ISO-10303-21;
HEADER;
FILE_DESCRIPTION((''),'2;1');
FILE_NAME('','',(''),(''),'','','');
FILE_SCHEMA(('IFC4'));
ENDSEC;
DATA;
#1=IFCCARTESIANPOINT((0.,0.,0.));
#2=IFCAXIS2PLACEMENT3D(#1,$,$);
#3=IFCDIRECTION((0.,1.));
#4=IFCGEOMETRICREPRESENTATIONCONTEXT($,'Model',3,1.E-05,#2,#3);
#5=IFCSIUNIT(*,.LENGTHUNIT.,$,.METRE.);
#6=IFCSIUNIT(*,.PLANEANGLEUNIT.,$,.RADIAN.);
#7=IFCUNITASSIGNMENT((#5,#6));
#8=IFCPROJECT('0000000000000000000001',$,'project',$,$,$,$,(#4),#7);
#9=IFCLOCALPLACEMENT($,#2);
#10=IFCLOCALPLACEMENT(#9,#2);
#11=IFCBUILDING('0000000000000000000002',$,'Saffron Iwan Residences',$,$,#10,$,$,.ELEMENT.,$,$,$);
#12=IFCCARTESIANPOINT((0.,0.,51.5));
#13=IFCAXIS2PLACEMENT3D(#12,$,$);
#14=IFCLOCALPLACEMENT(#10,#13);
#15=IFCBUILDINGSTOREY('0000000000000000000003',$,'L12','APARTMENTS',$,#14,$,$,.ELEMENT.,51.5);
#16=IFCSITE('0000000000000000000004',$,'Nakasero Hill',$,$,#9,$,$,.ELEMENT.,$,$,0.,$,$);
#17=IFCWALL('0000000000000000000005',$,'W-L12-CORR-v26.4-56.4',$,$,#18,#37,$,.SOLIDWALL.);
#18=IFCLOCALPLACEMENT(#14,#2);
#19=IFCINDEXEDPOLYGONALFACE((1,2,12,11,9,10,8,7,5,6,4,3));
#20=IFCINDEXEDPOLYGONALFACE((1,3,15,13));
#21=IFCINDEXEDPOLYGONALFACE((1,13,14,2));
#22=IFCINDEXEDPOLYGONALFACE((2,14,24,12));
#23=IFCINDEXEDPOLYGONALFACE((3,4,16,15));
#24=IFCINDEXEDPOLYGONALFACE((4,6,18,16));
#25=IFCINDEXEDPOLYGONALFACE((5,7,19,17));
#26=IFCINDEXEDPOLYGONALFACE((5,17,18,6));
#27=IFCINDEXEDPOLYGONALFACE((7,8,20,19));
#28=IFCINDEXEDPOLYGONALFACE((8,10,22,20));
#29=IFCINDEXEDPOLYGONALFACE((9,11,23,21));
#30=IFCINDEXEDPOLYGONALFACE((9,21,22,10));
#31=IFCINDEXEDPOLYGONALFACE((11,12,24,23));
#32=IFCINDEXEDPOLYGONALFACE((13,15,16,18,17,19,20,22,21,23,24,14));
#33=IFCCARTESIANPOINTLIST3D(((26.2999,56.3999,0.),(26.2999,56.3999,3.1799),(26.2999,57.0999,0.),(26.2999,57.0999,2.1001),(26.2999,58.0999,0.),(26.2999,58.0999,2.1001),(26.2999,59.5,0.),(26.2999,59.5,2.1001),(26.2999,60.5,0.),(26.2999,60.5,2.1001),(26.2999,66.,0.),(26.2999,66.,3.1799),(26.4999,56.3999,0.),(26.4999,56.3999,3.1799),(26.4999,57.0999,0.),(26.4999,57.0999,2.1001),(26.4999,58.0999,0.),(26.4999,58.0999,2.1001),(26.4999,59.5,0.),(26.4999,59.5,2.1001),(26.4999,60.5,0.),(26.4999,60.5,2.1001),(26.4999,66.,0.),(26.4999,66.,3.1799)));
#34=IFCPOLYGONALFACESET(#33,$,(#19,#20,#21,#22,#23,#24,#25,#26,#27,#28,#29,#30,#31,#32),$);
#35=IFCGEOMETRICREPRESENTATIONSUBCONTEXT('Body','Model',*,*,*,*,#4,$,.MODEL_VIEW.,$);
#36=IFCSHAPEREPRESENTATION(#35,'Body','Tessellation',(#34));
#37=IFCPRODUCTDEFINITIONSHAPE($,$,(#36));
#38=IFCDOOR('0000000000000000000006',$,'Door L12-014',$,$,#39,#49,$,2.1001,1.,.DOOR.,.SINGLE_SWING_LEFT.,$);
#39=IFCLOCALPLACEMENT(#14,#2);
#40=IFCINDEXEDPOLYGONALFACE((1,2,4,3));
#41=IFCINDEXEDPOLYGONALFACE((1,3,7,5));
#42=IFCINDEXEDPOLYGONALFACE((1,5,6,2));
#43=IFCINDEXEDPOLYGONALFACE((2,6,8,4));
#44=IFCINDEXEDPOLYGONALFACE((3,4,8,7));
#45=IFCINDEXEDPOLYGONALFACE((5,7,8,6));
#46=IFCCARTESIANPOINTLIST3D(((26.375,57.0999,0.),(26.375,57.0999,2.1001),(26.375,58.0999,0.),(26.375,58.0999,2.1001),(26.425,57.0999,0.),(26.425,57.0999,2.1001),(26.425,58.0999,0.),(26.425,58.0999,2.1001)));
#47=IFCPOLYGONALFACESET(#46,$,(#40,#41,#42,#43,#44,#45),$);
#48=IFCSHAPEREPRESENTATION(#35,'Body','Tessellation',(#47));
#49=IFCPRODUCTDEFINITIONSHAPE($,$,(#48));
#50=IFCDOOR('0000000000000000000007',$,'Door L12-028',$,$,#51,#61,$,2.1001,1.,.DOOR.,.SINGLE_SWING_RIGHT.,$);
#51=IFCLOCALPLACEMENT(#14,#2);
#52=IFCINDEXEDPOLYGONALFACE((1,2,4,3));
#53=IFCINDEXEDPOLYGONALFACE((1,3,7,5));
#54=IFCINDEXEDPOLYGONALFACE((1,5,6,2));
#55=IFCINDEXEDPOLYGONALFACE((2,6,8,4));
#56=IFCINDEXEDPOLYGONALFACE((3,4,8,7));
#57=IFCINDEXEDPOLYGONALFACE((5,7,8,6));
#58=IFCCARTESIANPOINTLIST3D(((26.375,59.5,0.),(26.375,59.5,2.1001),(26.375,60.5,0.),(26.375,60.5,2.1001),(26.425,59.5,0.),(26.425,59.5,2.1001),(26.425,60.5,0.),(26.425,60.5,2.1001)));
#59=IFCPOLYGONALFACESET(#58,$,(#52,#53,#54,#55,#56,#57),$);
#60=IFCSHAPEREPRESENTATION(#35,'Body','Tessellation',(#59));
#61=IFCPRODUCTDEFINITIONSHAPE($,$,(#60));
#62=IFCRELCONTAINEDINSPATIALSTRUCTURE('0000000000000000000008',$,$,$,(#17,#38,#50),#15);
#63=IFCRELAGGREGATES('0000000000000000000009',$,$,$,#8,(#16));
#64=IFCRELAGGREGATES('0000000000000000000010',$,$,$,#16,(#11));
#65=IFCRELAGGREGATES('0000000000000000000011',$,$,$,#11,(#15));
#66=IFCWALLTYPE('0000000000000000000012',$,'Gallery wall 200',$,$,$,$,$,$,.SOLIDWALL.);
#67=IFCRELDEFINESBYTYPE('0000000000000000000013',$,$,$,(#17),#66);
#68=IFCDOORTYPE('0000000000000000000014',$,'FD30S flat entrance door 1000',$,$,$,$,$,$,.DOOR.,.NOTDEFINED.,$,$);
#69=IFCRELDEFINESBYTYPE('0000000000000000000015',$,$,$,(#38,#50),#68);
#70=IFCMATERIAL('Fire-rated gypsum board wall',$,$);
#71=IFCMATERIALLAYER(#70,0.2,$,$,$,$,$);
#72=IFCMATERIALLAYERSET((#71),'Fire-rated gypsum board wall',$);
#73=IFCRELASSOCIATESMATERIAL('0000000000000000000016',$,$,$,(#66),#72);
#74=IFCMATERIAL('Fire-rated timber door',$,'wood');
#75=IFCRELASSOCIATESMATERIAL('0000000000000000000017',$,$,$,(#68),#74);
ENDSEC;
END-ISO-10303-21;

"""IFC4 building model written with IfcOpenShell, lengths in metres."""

from ifc_helpers import new_model, si_unit, direction, frame, frame_2d, origin, place, context, subcontext, project, spatial, rectangle, extrude, material, layer, layer_set, type_object, element, fill, save


model = new_model("IFC4")

# Units and contexts
model_context = context("Model", 3, precision=1e-05, world=origin(), true_north=direction((0.0, 1.0)))
body_context = subcontext(model_context, "Body", "Model", "MODEL_VIEW")
ifc_project = project(units=[si_unit("LENGTHUNIT", "METRE"), si_unit("PLANEANGLEUNIT", "RADIAN")], contexts=[model_context])

# Site, building, storey
site_placement = place(None, origin())
site = spatial("IfcSite", under=ifc_project, at=site_placement, Name="Nakasero Hill", CompositionType="ELEMENT", RefElevation=0.0)
building_placement = place(site_placement, origin())
building = spatial("IfcBuilding", under=site, at=building_placement, Name="Saffron Iwan Residences", CompositionType="ELEMENT")
storey_placement = place(building_placement, frame((0.0, 0.0, 51.5)))
storey = spatial("IfcBuildingStorey", under=building, at=storey_placement, Name="L12", Description="APARTMENTS", CompositionType="ELEMENT", Elevation=51.5)

# Shared definitions
ifc_material_1 = material(Name="Fire-rated gypsum board wall")
ifc_layer_1 = layer(ifc_material_1, 0.2)
ifc_layer_set_1 = layer_set([ifc_layer_1], Name="Fire-rated gypsum board wall")
wall_type_1 = type_object("IfcWallType", Name="Gallery wall 200", PredefinedType="SOLIDWALL", material=ifc_layer_set_1)

# Wall, openings, doors
wall_1_placement = place(storey_placement, frame((26.3999, 56.3999, 0.0), z_axis=(0.0, 0.0, 1.0), x_axis=(0.0, 1.0, 0.0)))
wall_1 = element("IfcWall", 1, at=wall_1_placement, inside=storey, type_object=wall_type_1, Name="W-L12-CORR-v26.4-56.4", PredefinedType="SOLIDWALL", context=body_context, shape_type="SweptSolid", body=[
    extrude(rectangle(XDim=9.6001, YDim=0.2, at=frame_2d((4.8, 0.0))), origin(), (0.0, 0.0, 1.0), 3.1799),
])
opening_1_placement = place(wall_1_placement, frame((0.7, 0.0, 0.0)))
opening_1 = element("IfcOpeningElement", 2, at=opening_1_placement, cuts=wall_1, PredefinedType="OPENING", context=body_context, shape_type="SweptSolid", body=[
    extrude(rectangle(XDim=1.0, YDim=2.1001, at=frame_2d((0.5, 1.05))), frame((0.0, 0.1099, 0.0), z_axis=(0.0, -1.0, 0.0), x_axis=(1.0, 0.0, 0.0)), (0.0, 0.0, 1.0), 0.22),
])
opening_2_placement = place(wall_1_placement, frame((3.1001, 0.0, 0.0)))
opening_2 = element("IfcOpeningElement", 3, at=opening_2_placement, cuts=wall_1, PredefinedType="OPENING", context=body_context, shape_type="SweptSolid", body=[
    extrude(rectangle(XDim=1.0, YDim=2.1001, at=frame_2d((0.5, 1.05))), frame((0.0, 0.1099, 0.0), z_axis=(0.0, -1.0, 0.0), x_axis=(1.0, 0.0, 0.0)), (0.0, 0.0, 1.0), 0.22),
])
ifc_material_2 = material(Name="Fire-rated timber door", Category="wood")
door_type_1 = type_object("IfcDoorType", Name="FD30S flat entrance door 1000", OperationType="NOTDEFINED", PredefinedType="DOOR", material=ifc_material_2)
door_1_placement = place(opening_1_placement, origin())
door_1 = element("IfcDoor", 4, at=door_1_placement, inside=storey, type_object=door_type_1, Name="Door L12-014", OperationType="SINGLE_SWING_LEFT", OverallHeight=2.1001, OverallWidth=1.0, PredefinedType="DOOR", context=body_context, shape_type="SweptSolid", body=[
    extrude(rectangle(XDim=1.0, YDim=2.1001, at=frame_2d((0.5, 1.05))), frame((0.0, 0.0249, 0.0), z_axis=(0.0, -1.0, 0.0), x_axis=(1.0, 0.0, 0.0)), (0.0, 0.0, 1.0), 0.05),
])
fill(opening_1, door_1)
door_2_placement = place(opening_2_placement, origin())
door_2 = element("IfcDoor", 5, at=door_2_placement, inside=storey, type_object=door_type_1, Name="Door L12-028", OperationType="SINGLE_SWING_RIGHT", OverallHeight=2.1001, OverallWidth=1.0, PredefinedType="DOOR", context=body_context, shape_type="SweptSolid", body=[
    extrude(rectangle(XDim=1.0, YDim=2.1001, at=frame_2d((0.5, 1.05))), frame((0.0, 0.0249, 0.0), z_axis=(0.0, -1.0, 0.0), x_axis=(1.0, 0.0, 0.0)), (0.0, 0.0, 1.0), 0.05),
])
fill(opening_2, door_2)

save(model, "model.ifc")
